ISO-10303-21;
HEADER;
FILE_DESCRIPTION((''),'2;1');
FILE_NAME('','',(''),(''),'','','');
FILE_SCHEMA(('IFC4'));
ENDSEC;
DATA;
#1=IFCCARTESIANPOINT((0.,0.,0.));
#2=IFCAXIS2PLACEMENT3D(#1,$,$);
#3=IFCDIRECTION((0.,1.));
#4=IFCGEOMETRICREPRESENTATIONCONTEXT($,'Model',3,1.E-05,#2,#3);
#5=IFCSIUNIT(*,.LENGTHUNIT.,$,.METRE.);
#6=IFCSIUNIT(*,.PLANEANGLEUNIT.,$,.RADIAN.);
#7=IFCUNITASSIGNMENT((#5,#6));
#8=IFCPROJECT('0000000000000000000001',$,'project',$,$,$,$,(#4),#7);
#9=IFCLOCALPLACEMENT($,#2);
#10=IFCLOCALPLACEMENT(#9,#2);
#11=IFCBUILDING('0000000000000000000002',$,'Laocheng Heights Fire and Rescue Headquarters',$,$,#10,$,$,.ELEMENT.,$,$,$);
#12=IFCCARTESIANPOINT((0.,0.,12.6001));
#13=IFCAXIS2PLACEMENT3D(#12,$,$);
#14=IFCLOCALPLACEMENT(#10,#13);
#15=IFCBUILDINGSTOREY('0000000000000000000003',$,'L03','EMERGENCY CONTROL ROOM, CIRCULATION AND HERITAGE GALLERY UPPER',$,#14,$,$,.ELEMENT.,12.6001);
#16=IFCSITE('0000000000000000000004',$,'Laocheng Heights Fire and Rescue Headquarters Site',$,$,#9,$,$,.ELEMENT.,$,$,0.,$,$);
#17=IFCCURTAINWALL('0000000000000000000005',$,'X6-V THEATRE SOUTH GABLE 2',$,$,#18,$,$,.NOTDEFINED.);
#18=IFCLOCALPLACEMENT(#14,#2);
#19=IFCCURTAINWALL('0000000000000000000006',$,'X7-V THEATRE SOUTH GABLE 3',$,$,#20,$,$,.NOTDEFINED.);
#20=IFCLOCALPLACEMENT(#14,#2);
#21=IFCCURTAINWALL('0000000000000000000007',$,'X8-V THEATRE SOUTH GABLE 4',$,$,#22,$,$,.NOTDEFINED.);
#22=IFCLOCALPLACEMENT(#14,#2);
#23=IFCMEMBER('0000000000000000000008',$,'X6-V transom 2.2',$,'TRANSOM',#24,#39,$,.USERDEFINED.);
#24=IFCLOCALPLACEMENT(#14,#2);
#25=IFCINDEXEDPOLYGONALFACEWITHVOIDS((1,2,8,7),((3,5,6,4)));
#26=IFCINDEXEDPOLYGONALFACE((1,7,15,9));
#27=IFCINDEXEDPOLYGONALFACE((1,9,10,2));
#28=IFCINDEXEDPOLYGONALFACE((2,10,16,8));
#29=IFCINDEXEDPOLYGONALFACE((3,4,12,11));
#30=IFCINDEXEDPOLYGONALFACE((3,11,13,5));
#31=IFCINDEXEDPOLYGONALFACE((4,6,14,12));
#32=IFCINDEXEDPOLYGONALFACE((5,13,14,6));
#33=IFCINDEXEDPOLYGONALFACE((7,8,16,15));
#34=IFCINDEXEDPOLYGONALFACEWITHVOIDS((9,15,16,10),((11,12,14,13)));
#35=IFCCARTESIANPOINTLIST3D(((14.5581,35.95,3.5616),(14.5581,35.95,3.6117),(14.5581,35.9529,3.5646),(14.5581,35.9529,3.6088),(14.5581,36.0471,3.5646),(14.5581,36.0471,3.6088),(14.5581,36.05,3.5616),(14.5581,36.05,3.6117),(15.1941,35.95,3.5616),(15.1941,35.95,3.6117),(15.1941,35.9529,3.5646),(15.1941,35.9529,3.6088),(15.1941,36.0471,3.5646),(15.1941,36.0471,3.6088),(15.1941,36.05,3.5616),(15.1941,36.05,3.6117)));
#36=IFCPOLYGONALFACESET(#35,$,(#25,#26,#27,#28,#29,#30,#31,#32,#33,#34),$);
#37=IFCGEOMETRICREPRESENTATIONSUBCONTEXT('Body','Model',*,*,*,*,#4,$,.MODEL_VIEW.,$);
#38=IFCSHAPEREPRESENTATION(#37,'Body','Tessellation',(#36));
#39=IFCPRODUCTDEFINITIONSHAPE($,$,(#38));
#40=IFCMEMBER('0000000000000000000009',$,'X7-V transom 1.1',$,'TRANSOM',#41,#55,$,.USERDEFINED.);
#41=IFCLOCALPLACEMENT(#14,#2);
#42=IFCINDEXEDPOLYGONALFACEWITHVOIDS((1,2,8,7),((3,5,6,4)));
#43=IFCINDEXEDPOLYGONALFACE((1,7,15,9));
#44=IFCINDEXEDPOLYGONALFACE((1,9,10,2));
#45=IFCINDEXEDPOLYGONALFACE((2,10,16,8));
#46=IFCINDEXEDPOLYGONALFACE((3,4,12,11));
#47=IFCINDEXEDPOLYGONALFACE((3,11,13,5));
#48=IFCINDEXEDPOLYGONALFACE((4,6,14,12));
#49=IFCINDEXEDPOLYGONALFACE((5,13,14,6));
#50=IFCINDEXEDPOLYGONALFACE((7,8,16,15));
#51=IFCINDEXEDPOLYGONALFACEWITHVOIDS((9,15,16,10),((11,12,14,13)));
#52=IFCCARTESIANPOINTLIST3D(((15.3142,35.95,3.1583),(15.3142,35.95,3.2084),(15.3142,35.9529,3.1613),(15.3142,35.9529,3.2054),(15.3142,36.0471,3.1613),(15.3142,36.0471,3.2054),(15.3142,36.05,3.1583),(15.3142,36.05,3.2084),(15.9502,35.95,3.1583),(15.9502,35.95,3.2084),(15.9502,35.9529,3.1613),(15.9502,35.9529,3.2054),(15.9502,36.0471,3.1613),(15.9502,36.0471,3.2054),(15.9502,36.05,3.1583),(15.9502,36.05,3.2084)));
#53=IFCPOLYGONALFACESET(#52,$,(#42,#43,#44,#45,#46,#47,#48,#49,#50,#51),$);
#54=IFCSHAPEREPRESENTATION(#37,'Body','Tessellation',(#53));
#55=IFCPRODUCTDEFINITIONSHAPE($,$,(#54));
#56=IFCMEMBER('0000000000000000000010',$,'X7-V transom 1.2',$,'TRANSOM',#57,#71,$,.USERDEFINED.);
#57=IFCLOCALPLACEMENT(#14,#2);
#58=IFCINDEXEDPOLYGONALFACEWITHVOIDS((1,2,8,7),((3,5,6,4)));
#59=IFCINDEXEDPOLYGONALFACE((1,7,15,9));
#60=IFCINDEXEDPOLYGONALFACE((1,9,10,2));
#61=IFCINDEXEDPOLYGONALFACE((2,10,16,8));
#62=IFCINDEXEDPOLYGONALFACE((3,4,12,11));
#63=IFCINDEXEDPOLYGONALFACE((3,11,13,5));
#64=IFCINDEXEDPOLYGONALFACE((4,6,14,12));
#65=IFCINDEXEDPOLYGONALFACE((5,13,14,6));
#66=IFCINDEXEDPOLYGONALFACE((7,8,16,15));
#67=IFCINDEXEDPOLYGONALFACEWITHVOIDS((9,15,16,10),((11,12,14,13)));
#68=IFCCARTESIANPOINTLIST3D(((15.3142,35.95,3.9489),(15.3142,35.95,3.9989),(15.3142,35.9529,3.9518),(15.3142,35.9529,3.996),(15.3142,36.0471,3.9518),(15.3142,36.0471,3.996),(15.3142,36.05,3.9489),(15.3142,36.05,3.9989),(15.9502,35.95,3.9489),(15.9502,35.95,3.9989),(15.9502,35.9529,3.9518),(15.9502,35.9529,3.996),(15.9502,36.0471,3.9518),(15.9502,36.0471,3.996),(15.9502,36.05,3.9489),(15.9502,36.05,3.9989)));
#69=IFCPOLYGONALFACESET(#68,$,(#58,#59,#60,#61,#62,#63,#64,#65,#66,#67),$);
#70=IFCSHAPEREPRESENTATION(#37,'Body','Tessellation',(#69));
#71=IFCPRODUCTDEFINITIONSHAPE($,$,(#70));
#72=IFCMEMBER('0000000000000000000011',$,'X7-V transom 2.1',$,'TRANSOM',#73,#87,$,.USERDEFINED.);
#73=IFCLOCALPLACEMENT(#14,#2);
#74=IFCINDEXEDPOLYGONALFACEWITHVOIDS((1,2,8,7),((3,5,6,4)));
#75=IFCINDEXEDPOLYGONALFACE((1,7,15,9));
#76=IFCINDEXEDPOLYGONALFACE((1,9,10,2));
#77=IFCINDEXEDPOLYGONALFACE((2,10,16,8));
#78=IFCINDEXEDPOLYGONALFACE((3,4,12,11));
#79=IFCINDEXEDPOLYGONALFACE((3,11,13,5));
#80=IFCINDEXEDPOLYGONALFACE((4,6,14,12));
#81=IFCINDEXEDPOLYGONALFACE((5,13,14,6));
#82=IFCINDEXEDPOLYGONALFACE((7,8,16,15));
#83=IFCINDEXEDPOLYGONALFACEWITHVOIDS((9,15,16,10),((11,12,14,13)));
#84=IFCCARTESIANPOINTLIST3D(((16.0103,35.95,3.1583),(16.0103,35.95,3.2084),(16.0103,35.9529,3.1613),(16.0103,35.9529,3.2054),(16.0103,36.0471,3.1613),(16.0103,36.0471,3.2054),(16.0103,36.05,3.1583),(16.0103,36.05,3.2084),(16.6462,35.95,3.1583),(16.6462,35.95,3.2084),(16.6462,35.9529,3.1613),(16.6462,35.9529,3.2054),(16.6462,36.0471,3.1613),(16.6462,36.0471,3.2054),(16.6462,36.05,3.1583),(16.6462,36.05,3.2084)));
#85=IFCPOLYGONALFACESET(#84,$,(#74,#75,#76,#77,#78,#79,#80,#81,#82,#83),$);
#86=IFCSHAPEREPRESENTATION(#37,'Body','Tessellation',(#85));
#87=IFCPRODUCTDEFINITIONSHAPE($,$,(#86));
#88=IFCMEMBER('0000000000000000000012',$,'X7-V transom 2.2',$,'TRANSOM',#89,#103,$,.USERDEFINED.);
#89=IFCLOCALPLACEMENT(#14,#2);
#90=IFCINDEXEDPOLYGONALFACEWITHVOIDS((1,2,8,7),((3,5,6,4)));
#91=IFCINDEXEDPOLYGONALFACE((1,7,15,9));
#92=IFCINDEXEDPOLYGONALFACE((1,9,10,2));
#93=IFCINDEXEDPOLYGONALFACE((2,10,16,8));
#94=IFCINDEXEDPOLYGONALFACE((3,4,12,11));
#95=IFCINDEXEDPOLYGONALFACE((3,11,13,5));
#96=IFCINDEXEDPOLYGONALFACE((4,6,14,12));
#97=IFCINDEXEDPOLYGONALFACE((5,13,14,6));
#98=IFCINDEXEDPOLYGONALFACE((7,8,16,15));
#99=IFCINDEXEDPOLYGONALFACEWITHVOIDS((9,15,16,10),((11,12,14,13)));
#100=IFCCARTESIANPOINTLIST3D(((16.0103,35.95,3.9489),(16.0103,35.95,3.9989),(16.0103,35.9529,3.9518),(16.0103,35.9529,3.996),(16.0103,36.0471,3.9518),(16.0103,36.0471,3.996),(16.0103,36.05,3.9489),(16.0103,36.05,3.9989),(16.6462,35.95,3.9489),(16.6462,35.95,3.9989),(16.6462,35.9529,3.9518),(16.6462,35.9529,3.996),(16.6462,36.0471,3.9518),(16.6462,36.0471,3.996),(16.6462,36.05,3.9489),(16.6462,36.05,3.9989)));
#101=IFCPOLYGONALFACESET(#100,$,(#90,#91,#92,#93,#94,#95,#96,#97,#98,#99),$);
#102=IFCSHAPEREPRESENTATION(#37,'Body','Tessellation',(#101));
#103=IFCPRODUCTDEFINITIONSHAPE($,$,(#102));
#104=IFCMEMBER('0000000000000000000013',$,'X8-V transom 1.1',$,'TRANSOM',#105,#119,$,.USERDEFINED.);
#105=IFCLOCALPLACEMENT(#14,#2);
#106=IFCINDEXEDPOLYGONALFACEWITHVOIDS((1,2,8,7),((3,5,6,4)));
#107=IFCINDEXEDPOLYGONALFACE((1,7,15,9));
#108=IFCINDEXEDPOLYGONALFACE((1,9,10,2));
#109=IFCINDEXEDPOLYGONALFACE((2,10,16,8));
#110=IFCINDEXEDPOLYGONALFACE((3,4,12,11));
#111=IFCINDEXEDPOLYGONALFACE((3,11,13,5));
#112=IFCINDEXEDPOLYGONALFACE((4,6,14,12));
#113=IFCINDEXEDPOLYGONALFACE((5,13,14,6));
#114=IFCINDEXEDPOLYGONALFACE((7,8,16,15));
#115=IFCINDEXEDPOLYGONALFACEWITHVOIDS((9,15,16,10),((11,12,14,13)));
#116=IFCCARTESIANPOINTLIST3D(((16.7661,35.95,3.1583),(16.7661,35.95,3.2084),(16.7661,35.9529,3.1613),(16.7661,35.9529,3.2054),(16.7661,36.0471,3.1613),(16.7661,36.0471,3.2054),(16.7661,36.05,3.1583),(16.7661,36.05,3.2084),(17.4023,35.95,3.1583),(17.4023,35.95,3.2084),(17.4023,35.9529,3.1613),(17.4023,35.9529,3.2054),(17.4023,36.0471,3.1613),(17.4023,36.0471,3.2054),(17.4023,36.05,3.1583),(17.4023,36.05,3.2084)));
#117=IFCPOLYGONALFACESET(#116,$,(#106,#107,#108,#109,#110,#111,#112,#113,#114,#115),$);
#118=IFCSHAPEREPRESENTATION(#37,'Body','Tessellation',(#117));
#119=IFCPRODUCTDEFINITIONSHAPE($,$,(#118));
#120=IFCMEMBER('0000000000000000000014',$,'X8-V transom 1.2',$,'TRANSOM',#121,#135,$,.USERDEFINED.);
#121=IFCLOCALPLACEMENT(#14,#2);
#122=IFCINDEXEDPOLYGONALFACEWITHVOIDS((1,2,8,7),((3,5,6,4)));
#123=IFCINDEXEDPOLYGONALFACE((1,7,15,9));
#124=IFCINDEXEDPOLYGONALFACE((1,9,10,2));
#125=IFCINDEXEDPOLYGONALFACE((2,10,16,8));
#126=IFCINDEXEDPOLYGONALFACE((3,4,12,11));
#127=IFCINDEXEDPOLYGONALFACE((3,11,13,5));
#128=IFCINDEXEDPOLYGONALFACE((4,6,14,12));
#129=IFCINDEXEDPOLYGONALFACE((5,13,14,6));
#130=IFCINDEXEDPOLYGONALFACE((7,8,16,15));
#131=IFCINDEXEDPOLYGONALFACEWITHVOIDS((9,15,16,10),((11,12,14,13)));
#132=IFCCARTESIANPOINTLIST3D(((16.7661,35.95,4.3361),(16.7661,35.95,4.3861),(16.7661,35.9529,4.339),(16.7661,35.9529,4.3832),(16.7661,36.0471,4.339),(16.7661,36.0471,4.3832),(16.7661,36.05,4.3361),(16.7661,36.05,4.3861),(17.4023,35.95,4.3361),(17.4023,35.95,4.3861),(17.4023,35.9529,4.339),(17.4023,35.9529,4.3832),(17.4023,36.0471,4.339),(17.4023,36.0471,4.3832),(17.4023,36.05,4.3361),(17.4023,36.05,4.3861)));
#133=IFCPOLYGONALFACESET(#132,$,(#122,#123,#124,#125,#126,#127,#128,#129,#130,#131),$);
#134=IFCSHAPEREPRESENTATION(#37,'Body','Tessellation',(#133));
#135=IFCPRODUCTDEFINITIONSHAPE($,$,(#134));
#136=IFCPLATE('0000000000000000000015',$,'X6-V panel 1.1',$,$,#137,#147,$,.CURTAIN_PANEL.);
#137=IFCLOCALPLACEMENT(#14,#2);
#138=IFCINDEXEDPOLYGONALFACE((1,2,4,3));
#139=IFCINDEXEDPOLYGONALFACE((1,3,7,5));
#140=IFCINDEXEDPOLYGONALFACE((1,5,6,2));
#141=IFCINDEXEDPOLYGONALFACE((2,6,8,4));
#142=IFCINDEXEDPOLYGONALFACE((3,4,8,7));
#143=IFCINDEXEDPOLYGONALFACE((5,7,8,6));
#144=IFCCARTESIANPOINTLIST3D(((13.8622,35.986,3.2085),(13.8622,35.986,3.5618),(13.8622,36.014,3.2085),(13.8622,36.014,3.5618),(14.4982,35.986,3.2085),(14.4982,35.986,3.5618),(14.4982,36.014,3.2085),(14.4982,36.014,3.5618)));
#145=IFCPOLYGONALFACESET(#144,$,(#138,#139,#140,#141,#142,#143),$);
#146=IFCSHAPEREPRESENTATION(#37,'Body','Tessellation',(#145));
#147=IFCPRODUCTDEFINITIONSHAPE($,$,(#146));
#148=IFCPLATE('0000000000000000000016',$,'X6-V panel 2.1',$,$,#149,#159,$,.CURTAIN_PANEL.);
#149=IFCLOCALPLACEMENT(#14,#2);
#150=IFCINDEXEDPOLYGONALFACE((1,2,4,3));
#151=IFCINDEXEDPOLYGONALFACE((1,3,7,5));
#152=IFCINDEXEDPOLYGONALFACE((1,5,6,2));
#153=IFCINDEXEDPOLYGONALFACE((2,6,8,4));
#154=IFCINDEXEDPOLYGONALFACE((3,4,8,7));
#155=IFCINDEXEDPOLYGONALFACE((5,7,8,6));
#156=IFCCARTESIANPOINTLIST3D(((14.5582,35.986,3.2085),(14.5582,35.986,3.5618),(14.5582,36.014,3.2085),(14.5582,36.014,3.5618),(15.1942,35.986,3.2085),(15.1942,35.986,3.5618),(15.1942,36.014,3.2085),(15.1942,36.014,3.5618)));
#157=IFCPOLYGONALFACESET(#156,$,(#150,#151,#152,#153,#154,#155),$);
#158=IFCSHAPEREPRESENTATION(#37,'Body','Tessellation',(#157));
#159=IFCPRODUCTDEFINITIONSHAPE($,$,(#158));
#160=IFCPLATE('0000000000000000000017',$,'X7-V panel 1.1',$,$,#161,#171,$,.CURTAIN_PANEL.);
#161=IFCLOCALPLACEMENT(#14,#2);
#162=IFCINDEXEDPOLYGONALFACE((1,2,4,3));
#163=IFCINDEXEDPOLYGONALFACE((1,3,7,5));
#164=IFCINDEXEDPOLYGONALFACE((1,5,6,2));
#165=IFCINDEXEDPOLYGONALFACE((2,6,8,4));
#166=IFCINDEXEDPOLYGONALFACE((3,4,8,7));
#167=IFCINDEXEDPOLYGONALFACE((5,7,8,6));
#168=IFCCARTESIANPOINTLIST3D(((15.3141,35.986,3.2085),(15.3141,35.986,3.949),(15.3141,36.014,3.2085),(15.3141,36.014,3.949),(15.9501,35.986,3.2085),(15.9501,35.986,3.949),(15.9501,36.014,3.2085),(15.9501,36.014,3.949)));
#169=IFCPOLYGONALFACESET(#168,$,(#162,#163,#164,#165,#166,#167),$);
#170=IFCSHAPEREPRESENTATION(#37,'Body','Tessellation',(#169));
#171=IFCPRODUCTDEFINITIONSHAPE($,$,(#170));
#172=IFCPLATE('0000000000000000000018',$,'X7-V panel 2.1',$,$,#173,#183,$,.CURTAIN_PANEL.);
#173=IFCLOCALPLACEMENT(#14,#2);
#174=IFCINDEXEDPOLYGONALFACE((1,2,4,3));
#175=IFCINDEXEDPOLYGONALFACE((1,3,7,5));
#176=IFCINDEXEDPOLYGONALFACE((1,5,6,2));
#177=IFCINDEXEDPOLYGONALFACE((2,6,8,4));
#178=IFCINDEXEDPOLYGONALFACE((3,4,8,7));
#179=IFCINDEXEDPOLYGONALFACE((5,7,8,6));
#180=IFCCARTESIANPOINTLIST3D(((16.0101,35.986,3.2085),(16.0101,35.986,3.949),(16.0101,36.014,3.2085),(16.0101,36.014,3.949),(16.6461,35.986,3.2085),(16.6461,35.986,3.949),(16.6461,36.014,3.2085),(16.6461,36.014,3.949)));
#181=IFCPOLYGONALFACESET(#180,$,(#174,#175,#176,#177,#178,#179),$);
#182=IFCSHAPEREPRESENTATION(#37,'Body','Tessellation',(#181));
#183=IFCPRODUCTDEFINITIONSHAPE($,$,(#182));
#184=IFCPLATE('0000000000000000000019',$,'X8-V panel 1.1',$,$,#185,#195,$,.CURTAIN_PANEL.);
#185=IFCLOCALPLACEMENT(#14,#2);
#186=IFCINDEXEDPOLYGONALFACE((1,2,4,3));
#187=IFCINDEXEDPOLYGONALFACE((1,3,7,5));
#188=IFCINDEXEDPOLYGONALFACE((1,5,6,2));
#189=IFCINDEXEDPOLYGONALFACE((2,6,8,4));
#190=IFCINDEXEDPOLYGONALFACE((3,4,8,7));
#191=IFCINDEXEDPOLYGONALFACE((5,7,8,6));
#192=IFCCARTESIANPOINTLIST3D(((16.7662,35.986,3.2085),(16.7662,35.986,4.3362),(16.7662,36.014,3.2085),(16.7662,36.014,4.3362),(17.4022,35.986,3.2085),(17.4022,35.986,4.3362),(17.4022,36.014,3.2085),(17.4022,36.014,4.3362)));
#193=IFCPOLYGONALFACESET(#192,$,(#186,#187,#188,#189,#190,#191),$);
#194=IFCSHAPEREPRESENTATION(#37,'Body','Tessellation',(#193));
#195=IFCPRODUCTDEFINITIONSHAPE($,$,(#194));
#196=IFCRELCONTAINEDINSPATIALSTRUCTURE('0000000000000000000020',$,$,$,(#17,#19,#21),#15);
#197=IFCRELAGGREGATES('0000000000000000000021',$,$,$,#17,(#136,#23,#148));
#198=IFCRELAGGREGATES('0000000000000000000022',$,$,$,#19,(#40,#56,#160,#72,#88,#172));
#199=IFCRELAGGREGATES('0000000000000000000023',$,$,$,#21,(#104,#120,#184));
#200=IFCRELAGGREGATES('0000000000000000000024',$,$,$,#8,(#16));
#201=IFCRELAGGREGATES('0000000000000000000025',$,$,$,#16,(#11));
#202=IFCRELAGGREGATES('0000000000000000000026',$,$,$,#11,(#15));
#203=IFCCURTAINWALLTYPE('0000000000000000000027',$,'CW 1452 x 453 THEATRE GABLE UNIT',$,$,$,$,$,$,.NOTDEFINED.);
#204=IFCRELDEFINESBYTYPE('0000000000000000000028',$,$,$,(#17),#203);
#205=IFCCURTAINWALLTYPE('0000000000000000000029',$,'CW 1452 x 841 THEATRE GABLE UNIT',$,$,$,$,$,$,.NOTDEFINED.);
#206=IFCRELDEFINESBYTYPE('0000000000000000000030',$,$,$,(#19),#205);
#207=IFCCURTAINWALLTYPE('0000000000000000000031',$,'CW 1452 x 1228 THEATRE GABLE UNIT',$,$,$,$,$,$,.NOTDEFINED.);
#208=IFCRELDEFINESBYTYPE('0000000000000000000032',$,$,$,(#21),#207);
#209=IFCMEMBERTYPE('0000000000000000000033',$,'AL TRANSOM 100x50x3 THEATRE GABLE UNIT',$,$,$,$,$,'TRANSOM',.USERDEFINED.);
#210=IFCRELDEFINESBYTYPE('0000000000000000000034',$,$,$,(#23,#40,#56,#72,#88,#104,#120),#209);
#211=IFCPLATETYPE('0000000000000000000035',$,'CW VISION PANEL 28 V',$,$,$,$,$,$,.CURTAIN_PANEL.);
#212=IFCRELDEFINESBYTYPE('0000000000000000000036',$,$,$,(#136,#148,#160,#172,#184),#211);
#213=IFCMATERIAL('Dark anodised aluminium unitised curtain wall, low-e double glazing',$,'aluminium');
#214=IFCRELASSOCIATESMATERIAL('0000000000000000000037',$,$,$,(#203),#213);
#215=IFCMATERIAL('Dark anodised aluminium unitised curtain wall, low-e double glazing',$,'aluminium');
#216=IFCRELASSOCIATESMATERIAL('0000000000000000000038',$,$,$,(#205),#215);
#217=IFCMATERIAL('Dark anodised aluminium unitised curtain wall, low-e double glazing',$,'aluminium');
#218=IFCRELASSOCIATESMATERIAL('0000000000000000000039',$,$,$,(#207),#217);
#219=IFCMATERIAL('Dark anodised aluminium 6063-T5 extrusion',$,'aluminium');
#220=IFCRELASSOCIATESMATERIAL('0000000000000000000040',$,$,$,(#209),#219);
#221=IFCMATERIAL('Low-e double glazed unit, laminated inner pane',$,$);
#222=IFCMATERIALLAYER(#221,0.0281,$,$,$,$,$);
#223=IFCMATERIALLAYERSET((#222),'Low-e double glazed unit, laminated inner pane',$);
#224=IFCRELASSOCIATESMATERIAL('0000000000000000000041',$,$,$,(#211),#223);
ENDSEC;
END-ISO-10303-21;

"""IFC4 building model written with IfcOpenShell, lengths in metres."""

from ifc_helpers import new_model, si_unit, direction, frame, origin, origin_2d, place, context, subcontext, project, spatial, rectangle, hollow_rectangle, extrude, material, layer, layer_set, material_profile, profile_set, type_object, element, aggregate, save


model = new_model("IFC4")

# Units and contexts
model_context = context("Model", 3, precision=1e-05, world=origin(), true_north=direction((0.0, 1.0)))
body_context = subcontext(model_context, "Body", "Model", "MODEL_VIEW")
ifc_project = project(units=[si_unit("LENGTHUNIT", "METRE"), si_unit("PLANEANGLEUNIT", "RADIAN")], contexts=[model_context])

# Site, building, storey
site_placement = place(None, origin())
site = spatial("IfcSite", under=ifc_project, at=site_placement, Name="Laocheng Heights Fire and Rescue Headquarters Site", CompositionType="ELEMENT", RefElevation=0.0)
building_placement = place(site_placement, origin())
building = spatial("IfcBuilding", under=site, at=building_placement, Name="Laocheng Heights Fire and Rescue Headquarters", CompositionType="ELEMENT")
storey_placement = place(building_placement, frame((0.0, 0.0, 12.6001)))
storey = spatial("IfcBuildingStorey", under=building, at=storey_placement, Name="L03", Description="EMERGENCY CONTROL ROOM, CIRCULATION AND HERITAGE GALLERY UPPER", CompositionType="ELEMENT", Elevation=12.6001)

# Curtain walls
ifc_material_1 = material(Name="Dark anodised aluminium unitised curtain wall, low-e double glazing", Category="aluminium")
curtain_wall_type_1 = type_object("IfcCurtainWallType", Name="CW 1452 x 453 THEATRE GABLE UNIT", PredefinedType="NOTDEFINED", material=ifc_material_1)
curtain_wall_1_placement = place(storey_placement, origin())
curtain_wall_1 = element("IfcCurtainWall", 1, at=curtain_wall_1_placement, inside=storey, type_object=curtain_wall_type_1, Name="X6-V THEATRE SOUTH GABLE 2", PredefinedType="NOTDEFINED")
ifc_material_2 = material(Name="Dark anodised aluminium unitised curtain wall, low-e double glazing", Category="aluminium")
curtain_wall_type_2 = type_object("IfcCurtainWallType", Name="CW 1452 x 841 THEATRE GABLE UNIT", PredefinedType="NOTDEFINED", material=ifc_material_2)
curtain_wall_2_placement = place(storey_placement, origin())
curtain_wall_2 = element("IfcCurtainWall", 2, at=curtain_wall_2_placement, inside=storey, type_object=curtain_wall_type_2, Name="X7-V THEATRE SOUTH GABLE 3", PredefinedType="NOTDEFINED")

# Curtain wall
ifc_material_3 = material(Name="Dark anodised aluminium unitised curtain wall, low-e double glazing", Category="aluminium")
curtain_wall_type_3 = type_object("IfcCurtainWallType", Name="CW 1452 x 1228 THEATRE GABLE UNIT", PredefinedType="NOTDEFINED", material=ifc_material_3)
curtain_wall_3_placement = place(storey_placement, origin())
curtain_wall_3 = element("IfcCurtainWall", 3, at=curtain_wall_3_placement, inside=storey, type_object=curtain_wall_type_3, Name="X8-V THEATRE SOUTH GABLE 4", PredefinedType="NOTDEFINED")

# Members
ifc_material_4 = material(Name="Dark anodised aluminium 6063-T5 extrusion", Category="aluminium")
ifc_material_profile_1 = material_profile(ifc_material_4, hollow_rectangle(XDim=0.1001, YDim=0.05, WallThickness=0.0029, at=origin_2d()), Name="AL TRANSOM 100x50x3 THEATRE GABLE UNIT")
ifc_profile_set_1 = profile_set([ifc_material_profile_1], Name="Dark anodised aluminium 6063-T5 extrusion")
member_type_1 = type_object("IfcMemberType", Name="AL TRANSOM 100x50x3 THEATRE GABLE UNIT", ElementType="TRANSOM", PredefinedType="USERDEFINED", material=ifc_profile_set_1)
member_1_placement = place(storey_placement, frame((14.5581, 36.0, 3.5867), z_axis=(1.0, 0.0, 0.0), x_axis=(0.0, 1.0, 0.0)))
member_1 = element("IfcMember", 4, at=member_1_placement, type_object=member_type_1, Name="X6-V transom 2.2", ObjectType="TRANSOM", PredefinedType="USERDEFINED", context=body_context, shape_type="SweptSolid", body=[
    extrude(hollow_rectangle(XDim=0.1001, YDim=0.05, WallThickness=0.0029, at=origin_2d()), origin(), (0.0, 0.0, 1.0), 0.636),
])
member_2_placement = place(storey_placement, frame((15.3142, 36.0, 3.1833), z_axis=(1.0, 0.0, 0.0), x_axis=(0.0, 1.0, 0.0)))
member_2 = element("IfcMember", 5, at=member_2_placement, type_object=member_type_1, Name="X7-V transom 1.1", ObjectType="TRANSOM", PredefinedType="USERDEFINED", context=body_context, shape_type="SweptSolid", body=[
    extrude(hollow_rectangle(XDim=0.1001, YDim=0.05, WallThickness=0.0029, at=origin_2d()), origin(), (0.0, 0.0, 1.0), 0.636),
])
member_3_placement = place(storey_placement, frame((15.3142, 36.0, 3.9739), z_axis=(1.0, 0.0, 0.0), x_axis=(0.0, 1.0, 0.0)))
member_3 = element("IfcMember", 6, at=member_3_placement, type_object=member_type_1, Name="X7-V transom 1.2", ObjectType="TRANSOM", PredefinedType="USERDEFINED", context=body_context, shape_type="SweptSolid", body=[
    extrude(hollow_rectangle(XDim=0.1001, YDim=0.05, WallThickness=0.0029, at=origin_2d()), origin(), (0.0, 0.0, 1.0), 0.636),
])
member_4_placement = place(storey_placement, frame((16.0103, 36.0, 3.1833), z_axis=(1.0, 0.0, 0.0), x_axis=(0.0, 1.0, 0.0)))
member_4 = element("IfcMember", 7, at=member_4_placement, type_object=member_type_1, Name="X7-V transom 2.1", ObjectType="TRANSOM", PredefinedType="USERDEFINED", context=body_context, shape_type="SweptSolid", body=[
    extrude(hollow_rectangle(XDim=0.1001, YDim=0.05, WallThickness=0.0029, at=origin_2d()), origin(), (0.0, 0.0, 1.0), 0.636),
])
member_5_placement = place(storey_placement, frame((16.0103, 36.0, 3.9739), z_axis=(1.0, 0.0, 0.0), x_axis=(0.0, 1.0, 0.0)))
member_5 = element("IfcMember", 8, at=member_5_placement, type_object=member_type_1, Name="X7-V transom 2.2", ObjectType="TRANSOM", PredefinedType="USERDEFINED", context=body_context, shape_type="SweptSolid", body=[
    extrude(hollow_rectangle(XDim=0.1001, YDim=0.05, WallThickness=0.0029, at=origin_2d()), origin(), (0.0, 0.0, 1.0), 0.636),
])
member_6_placement = place(storey_placement, frame((16.7661, 36.0, 3.1833), z_axis=(1.0, 0.0, 0.0), x_axis=(0.0, 1.0, 0.0)))
member_6 = element("IfcMember", 9, at=member_6_placement, type_object=member_type_1, Name="X8-V transom 1.1", ObjectType="TRANSOM", PredefinedType="USERDEFINED", context=body_context, shape_type="SweptSolid", body=[
    extrude(hollow_rectangle(XDim=0.1001, YDim=0.05, WallThickness=0.0029, at=origin_2d()), origin(), (0.0, 0.0, 1.0), 0.6362),
])
member_7_placement = place(storey_placement, frame((16.7661, 36.0, 4.3611), z_axis=(1.0, 0.0, 0.0), x_axis=(0.0, 1.0, 0.0)))
member_7 = element("IfcMember", 10, at=member_7_placement, type_object=member_type_1, Name="X8-V transom 1.2", ObjectType="TRANSOM", PredefinedType="USERDEFINED", context=body_context, shape_type="SweptSolid", body=[
    extrude(hollow_rectangle(XDim=0.1001, YDim=0.05, WallThickness=0.0029, at=origin_2d()), origin(), (0.0, 0.0, 1.0), 0.6362),
])

# Plates
ifc_material_5 = material(Name="Low-e double glazed unit, laminated inner pane")
ifc_layer_1 = layer(ifc_material_5, 0.0281)
ifc_layer_set_1 = layer_set([ifc_layer_1], Name="Low-e double glazed unit, laminated inner pane")
plate_type = type_object("IfcPlateType", Name="CW VISION PANEL 28 V", PredefinedType="CURTAIN_PANEL", material=ifc_layer_set_1)
plate_1_placement = place(storey_placement, frame((14.1802, 36.0, 3.2085), z_axis=(0.0, 0.0, 1.0), x_axis=(1.0, 0.0, 0.0)))
plate_1 = element("IfcPlate", 11, at=plate_1_placement, type_object=plate_type, Name="X6-V panel 1.1", PredefinedType="CURTAIN_PANEL", context=body_context, shape_type="SweptSolid", body=[
    extrude(rectangle(XDim=0.636, YDim=0.0281, at=origin_2d()), origin(), (0.0, 0.0, 1.0), 0.3533),
])
plate_2_placement = place(storey_placement, frame((14.8762, 36.0, 3.2085), z_axis=(0.0, 0.0, 1.0), x_axis=(1.0, 0.0, 0.0)))
plate_2 = element("IfcPlate", 12, at=plate_2_placement, type_object=plate_type, Name="X6-V panel 2.1", PredefinedType="CURTAIN_PANEL", context=body_context, shape_type="SweptSolid", body=[
    extrude(rectangle(XDim=0.636, YDim=0.0281, at=origin_2d()), origin(), (0.0, 0.0, 1.0), 0.3533),
])
aggregate(curtain_wall_1, [plate_1, member_1, plate_2])
plate_3_placement = place(storey_placement, frame((15.6321, 36.0, 3.2085), z_axis=(0.0, 0.0, 1.0), x_axis=(1.0, 0.0, 0.0)))
plate_3 = element("IfcPlate", 13, at=plate_3_placement, type_object=plate_type, Name="X7-V panel 1.1", PredefinedType="CURTAIN_PANEL", context=body_context, shape_type="SweptSolid", body=[
    extrude(rectangle(XDim=0.636, YDim=0.0281, at=origin_2d()), origin(), (0.0, 0.0, 1.0), 0.7405),
])
plate_4_placement = place(storey_placement, frame((16.3281, 36.0, 3.2085), z_axis=(0.0, 0.0, 1.0), x_axis=(1.0, 0.0, 0.0)))
plate_4 = element("IfcPlate", 14, at=plate_4_placement, type_object=plate_type, Name="X7-V panel 2.1", PredefinedType="CURTAIN_PANEL", context=body_context, shape_type="SweptSolid", body=[
    extrude(rectangle(XDim=0.636, YDim=0.0281, at=origin_2d()), origin(), (0.0, 0.0, 1.0), 0.7405),
])
aggregate(curtain_wall_2, [member_2, member_3, plate_3, member_4, member_5, plate_4])
plate_5_placement = place(storey_placement, frame((17.0842, 36.0, 3.2085), z_axis=(0.0, 0.0, 1.0), x_axis=(1.0, 0.0, 0.0)))
plate_5 = element("IfcPlate", 15, at=plate_5_placement, type_object=plate_type, Name="X8-V panel 1.1", PredefinedType="CURTAIN_PANEL", context=body_context, shape_type="SweptSolid", body=[
    extrude(rectangle(XDim=0.636, YDim=0.0281, at=origin_2d()), origin(), (0.0, 0.0, 1.0), 1.1277),
])
aggregate(curtain_wall_3, [member_6, member_7, plate_5])

save(model, "model.ifc")
